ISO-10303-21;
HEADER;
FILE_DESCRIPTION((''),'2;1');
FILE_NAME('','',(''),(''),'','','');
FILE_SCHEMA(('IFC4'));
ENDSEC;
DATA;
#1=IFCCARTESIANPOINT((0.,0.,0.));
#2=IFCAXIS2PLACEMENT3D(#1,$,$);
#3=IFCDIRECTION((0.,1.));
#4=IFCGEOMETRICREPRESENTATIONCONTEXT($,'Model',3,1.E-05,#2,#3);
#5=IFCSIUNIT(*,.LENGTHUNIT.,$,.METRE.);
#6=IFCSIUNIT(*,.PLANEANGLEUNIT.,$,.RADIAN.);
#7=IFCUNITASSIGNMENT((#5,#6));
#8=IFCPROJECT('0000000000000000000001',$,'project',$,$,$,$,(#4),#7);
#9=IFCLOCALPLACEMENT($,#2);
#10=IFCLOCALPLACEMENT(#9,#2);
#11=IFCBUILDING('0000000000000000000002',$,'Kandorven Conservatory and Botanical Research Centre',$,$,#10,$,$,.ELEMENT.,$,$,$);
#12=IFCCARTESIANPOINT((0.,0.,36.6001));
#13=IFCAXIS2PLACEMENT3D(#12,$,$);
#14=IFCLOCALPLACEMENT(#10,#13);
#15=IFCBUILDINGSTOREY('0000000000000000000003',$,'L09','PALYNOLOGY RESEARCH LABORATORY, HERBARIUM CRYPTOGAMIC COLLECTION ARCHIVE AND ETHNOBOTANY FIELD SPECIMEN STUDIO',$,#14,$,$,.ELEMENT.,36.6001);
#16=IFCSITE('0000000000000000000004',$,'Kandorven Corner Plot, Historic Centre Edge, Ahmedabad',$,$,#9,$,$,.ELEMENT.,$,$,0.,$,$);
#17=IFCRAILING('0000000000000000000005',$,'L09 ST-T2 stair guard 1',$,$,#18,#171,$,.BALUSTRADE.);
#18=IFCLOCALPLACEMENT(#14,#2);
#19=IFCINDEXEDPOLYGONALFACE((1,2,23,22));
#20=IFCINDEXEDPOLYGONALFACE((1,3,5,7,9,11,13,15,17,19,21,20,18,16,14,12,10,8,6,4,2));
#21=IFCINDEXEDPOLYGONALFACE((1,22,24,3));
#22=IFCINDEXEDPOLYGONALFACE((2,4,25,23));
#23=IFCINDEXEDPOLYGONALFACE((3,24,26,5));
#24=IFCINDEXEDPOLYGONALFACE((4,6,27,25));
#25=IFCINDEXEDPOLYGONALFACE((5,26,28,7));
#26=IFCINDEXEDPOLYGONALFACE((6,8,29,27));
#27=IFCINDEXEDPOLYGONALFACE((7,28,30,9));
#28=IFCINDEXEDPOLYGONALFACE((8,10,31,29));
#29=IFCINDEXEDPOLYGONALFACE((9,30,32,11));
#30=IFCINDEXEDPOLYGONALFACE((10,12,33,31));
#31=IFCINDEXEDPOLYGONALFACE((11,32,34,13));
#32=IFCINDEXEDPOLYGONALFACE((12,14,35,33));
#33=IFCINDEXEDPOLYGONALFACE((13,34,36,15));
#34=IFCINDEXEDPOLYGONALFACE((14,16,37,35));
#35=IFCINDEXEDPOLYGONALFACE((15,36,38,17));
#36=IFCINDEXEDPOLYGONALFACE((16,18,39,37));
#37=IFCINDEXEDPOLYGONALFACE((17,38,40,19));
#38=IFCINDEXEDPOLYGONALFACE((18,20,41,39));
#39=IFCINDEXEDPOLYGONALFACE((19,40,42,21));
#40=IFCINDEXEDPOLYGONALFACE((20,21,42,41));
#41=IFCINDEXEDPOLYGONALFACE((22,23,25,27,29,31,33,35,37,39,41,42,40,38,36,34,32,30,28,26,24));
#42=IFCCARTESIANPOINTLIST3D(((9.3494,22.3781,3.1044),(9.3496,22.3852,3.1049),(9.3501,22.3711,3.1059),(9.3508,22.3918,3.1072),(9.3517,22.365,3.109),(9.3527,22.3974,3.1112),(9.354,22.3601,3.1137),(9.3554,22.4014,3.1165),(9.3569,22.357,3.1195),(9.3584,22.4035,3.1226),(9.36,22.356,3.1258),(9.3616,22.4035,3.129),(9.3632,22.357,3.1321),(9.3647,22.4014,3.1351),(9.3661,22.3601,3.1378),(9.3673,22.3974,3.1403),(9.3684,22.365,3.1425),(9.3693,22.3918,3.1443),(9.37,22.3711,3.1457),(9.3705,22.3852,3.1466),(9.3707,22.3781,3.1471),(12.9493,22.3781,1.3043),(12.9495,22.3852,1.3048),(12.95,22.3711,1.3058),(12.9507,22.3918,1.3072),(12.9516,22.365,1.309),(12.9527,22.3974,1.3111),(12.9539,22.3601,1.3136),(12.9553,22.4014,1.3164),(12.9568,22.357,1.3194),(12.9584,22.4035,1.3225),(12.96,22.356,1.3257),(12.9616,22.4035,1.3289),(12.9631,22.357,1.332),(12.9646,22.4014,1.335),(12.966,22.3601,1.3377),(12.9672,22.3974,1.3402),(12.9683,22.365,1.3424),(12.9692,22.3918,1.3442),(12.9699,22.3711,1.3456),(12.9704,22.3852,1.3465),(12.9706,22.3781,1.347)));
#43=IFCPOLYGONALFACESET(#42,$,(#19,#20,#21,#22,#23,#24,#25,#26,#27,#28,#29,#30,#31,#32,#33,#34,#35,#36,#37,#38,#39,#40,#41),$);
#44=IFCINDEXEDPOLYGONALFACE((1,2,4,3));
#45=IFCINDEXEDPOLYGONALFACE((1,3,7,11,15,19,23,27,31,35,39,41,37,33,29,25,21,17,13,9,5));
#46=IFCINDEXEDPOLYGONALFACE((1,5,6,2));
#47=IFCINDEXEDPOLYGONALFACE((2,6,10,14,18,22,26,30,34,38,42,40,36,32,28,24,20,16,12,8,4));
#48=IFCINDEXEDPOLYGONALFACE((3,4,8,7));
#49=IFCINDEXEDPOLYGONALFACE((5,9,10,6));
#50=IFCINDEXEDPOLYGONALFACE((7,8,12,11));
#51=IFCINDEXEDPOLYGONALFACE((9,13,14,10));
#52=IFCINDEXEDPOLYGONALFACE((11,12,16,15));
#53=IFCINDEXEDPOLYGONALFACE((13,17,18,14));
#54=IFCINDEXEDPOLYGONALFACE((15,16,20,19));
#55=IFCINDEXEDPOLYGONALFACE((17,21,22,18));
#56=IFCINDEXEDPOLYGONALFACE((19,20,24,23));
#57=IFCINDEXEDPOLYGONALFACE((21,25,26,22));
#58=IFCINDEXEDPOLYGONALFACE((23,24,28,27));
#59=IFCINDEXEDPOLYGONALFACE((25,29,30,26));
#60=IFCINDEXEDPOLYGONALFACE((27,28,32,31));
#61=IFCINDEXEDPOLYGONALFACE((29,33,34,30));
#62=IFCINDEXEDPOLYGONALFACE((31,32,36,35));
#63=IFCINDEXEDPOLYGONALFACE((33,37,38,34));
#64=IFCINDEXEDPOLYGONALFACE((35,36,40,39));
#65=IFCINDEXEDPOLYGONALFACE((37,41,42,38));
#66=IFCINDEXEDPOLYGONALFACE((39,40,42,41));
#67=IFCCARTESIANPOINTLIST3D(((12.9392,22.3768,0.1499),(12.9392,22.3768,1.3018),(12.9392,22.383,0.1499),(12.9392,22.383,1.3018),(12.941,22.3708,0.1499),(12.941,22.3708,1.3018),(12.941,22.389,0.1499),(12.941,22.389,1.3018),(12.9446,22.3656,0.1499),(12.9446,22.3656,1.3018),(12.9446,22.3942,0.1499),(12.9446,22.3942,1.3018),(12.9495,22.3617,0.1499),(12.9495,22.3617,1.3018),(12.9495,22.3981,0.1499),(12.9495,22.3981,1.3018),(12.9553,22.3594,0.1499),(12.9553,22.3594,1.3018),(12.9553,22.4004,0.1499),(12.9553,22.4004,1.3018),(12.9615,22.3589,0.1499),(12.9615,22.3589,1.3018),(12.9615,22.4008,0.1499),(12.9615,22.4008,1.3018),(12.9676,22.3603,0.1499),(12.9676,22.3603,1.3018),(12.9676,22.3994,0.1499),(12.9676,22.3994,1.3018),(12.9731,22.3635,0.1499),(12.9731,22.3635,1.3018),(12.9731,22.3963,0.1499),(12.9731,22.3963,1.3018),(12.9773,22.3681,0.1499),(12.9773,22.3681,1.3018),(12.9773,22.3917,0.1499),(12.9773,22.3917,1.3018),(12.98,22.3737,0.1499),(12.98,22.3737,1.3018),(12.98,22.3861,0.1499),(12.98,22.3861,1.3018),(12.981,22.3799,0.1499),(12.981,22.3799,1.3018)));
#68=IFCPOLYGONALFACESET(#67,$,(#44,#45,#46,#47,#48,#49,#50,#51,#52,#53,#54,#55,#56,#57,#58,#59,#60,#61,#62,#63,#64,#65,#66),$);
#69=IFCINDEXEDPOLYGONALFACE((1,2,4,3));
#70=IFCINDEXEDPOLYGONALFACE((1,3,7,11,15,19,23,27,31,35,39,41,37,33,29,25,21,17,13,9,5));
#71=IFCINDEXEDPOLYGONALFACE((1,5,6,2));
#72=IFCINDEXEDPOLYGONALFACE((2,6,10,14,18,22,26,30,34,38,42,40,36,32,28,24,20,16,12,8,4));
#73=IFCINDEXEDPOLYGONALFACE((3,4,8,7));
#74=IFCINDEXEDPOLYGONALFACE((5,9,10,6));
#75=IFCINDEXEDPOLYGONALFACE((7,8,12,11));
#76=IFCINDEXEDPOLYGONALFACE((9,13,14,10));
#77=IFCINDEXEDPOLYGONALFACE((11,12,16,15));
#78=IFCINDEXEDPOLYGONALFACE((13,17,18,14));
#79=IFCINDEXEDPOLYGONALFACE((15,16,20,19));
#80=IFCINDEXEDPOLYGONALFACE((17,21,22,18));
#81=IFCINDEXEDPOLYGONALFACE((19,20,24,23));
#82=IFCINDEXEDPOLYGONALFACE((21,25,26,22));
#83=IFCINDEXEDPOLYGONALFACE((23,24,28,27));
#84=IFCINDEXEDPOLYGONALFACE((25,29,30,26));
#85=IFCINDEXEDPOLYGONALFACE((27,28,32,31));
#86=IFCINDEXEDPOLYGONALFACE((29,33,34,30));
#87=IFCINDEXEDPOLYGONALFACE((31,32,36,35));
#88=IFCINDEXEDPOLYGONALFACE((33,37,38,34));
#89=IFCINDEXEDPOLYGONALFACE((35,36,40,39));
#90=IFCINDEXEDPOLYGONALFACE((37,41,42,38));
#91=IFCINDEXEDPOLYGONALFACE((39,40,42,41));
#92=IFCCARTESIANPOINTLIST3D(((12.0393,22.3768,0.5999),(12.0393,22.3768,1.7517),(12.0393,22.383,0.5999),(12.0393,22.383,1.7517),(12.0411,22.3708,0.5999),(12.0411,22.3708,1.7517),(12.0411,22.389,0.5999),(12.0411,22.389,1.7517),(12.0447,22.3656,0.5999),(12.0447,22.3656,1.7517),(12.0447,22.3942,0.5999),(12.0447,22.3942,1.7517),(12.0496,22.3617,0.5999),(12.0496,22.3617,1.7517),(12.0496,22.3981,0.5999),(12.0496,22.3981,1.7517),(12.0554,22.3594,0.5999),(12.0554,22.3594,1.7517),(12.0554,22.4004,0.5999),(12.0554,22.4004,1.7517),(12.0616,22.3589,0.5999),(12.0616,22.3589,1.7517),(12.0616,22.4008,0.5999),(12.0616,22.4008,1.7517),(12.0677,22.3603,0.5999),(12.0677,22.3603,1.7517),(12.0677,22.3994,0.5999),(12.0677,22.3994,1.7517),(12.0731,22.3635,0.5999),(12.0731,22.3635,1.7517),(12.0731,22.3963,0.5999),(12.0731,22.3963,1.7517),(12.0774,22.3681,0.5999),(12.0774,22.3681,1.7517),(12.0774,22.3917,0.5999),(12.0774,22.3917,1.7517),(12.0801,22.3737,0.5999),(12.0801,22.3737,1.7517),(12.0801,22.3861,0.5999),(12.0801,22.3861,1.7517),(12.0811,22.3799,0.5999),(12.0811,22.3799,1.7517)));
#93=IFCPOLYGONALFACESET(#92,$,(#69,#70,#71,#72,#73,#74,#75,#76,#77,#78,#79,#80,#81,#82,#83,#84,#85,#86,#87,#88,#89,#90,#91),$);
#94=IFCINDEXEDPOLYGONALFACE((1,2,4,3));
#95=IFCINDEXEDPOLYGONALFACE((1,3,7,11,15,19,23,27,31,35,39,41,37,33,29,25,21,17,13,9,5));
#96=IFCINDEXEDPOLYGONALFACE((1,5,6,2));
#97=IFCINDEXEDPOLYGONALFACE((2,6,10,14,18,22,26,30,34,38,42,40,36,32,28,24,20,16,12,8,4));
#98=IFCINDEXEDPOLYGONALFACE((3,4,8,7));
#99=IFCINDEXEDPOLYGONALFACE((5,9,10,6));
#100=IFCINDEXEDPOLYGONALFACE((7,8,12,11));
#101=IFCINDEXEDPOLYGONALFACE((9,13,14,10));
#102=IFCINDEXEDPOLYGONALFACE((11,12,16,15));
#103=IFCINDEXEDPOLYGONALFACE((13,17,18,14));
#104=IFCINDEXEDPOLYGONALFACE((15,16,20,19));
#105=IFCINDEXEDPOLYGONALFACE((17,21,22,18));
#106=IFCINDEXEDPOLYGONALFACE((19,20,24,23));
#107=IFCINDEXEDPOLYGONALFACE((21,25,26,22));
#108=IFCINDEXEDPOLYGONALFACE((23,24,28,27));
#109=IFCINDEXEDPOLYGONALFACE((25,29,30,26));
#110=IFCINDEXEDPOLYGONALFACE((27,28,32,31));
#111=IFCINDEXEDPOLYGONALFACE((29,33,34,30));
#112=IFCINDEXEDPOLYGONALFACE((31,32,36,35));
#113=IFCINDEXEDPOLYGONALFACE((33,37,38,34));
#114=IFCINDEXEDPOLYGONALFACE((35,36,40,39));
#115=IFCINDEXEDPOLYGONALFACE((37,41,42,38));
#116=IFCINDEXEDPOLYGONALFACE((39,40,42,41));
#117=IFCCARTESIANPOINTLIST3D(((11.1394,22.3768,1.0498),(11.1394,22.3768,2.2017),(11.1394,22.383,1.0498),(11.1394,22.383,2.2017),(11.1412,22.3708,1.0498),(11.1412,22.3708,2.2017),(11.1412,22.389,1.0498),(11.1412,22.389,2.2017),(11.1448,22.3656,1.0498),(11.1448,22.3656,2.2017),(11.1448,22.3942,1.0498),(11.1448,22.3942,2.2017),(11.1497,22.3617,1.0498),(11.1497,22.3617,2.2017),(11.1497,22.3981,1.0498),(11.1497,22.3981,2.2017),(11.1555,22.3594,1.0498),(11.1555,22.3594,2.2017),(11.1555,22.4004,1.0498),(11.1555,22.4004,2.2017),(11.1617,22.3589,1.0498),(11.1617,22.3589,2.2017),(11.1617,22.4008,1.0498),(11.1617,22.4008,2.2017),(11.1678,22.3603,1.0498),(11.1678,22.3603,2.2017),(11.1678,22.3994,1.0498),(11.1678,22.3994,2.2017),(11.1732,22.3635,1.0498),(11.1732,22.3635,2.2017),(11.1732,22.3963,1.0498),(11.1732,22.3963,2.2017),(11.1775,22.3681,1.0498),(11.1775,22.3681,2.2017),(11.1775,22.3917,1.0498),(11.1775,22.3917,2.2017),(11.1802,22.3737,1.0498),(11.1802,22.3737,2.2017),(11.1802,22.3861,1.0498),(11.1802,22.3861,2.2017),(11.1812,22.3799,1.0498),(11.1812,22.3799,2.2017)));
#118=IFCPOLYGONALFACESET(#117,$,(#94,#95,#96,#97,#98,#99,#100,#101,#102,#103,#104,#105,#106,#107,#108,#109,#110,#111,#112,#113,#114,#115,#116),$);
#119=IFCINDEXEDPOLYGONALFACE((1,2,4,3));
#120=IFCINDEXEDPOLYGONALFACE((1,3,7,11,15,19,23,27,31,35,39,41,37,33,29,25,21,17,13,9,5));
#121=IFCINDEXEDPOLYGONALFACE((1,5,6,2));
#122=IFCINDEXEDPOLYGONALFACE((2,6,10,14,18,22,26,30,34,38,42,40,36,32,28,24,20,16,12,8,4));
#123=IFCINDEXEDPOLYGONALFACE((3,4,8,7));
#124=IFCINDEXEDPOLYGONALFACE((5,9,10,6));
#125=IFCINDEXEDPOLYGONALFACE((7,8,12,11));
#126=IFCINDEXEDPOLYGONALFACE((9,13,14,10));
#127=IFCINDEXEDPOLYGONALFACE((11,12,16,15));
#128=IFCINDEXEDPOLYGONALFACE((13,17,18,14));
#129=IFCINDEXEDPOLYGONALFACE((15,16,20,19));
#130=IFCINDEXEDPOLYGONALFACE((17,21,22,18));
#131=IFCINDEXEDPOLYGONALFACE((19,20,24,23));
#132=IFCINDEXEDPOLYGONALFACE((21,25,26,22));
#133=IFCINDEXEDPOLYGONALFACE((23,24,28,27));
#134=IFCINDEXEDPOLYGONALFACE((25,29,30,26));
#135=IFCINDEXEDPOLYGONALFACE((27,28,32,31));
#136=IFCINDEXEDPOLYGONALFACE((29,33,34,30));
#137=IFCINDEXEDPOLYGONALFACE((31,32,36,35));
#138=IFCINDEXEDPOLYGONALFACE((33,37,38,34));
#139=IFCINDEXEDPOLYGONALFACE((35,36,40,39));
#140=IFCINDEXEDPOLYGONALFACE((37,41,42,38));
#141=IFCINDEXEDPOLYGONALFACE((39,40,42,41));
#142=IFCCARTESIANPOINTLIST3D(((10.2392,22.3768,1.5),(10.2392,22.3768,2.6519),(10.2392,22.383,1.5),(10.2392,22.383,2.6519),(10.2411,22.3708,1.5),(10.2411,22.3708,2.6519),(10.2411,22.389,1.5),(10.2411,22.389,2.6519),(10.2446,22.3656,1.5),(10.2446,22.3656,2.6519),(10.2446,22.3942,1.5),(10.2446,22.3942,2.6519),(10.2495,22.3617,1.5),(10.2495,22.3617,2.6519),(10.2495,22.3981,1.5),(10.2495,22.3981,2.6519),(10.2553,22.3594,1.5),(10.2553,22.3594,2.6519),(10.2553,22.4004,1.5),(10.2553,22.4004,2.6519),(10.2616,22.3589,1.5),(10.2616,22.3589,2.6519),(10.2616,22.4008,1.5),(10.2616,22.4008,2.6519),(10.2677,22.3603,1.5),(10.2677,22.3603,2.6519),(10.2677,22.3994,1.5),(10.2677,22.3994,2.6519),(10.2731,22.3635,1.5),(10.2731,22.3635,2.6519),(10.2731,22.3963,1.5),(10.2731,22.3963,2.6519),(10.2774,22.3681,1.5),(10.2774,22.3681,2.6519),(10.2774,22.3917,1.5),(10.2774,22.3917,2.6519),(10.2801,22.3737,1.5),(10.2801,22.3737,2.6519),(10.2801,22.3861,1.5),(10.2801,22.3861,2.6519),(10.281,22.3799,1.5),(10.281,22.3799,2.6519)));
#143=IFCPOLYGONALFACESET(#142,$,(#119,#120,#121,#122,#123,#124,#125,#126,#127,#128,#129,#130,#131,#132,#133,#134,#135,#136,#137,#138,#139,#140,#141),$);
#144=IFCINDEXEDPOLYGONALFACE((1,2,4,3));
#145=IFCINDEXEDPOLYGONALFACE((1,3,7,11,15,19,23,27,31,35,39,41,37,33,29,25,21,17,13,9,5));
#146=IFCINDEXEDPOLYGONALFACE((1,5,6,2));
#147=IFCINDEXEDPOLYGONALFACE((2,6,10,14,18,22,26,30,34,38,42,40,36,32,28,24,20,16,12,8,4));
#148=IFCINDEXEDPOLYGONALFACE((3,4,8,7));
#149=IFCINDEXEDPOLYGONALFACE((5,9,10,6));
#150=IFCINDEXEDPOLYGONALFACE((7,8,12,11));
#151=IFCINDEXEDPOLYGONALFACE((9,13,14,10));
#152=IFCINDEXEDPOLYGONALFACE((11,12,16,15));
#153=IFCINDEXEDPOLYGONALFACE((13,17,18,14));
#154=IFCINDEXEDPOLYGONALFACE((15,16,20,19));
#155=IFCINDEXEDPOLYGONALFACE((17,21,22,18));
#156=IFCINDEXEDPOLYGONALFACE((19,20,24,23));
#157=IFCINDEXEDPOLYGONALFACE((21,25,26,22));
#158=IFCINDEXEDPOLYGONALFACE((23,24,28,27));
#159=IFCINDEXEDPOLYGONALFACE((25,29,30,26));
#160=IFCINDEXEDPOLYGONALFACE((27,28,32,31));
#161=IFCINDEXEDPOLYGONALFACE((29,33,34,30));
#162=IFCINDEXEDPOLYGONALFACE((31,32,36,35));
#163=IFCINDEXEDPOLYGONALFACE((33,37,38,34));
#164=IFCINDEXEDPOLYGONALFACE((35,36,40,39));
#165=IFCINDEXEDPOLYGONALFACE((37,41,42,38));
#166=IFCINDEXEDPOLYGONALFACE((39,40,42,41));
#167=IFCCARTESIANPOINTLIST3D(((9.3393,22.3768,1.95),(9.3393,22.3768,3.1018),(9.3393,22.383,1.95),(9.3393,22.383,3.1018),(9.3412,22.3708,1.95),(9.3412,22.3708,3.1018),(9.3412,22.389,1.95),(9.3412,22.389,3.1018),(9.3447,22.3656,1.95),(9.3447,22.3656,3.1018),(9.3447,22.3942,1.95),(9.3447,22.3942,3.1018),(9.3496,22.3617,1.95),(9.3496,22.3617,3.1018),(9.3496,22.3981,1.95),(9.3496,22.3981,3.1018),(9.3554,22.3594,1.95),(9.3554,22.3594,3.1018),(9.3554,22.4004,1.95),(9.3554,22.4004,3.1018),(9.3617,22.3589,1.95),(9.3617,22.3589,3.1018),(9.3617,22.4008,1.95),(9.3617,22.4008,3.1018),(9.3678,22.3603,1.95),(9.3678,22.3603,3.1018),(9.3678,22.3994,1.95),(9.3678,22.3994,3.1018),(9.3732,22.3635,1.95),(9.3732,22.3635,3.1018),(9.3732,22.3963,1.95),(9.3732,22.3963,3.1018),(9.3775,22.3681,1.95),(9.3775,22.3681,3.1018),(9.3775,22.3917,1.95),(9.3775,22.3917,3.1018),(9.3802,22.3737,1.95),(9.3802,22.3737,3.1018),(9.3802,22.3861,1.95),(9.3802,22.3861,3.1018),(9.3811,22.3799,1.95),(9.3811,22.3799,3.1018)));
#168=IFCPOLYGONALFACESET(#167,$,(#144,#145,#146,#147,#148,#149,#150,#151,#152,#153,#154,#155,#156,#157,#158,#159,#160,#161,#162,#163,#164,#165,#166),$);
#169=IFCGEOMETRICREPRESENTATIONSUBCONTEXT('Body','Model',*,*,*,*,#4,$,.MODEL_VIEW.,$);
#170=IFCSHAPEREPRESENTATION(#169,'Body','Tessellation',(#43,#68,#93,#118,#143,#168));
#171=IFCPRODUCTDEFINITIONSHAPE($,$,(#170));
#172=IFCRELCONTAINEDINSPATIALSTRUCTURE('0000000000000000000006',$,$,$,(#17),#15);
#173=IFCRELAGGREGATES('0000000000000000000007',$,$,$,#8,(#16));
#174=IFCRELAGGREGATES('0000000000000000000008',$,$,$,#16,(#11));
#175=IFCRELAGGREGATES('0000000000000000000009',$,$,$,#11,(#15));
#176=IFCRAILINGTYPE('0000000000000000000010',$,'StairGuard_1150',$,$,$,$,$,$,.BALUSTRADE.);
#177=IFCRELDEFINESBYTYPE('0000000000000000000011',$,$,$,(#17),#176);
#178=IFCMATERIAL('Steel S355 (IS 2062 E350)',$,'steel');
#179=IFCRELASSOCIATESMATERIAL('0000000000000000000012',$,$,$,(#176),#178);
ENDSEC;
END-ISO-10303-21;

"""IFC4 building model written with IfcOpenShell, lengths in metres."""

from ifc_helpers import new_model, si_unit, direction, frame, origin, origin_2d, place, context, subcontext, project, spatial, circle, extrude, material, type_object, element, save


model = new_model("IFC4")

# Units and contexts
model_context = context("Model", 3, precision=1e-05, world=origin(), true_north=direction((0.0, 1.0)))
body_context = subcontext(model_context, "Body", "Model", "MODEL_VIEW")
ifc_project = project(units=[si_unit("LENGTHUNIT", "METRE"), si_unit("PLANEANGLEUNIT", "RADIAN")], contexts=[model_context])

# Site, building, storey
site_placement = place(None, origin())
site = spatial("IfcSite", under=ifc_project, at=site_placement, Name="Kandorven Corner Plot, Historic Centre Edge, Ahmedabad", CompositionType="ELEMENT", RefElevation=0.0)
building_placement = place(site_placement, origin())
building = spatial("IfcBuilding", under=site, at=building_placement, Name="Kandorven Conservatory and Botanical Research Centre", CompositionType="ELEMENT")
storey_placement = place(building_placement, frame((0.0, 0.0, 36.6001)))
storey = spatial("IfcBuildingStorey", under=building, at=storey_placement, Name="L09", Description="PALYNOLOGY RESEARCH LABORATORY, HERBARIUM CRYPTOGAMIC COLLECTION ARCHIVE AND ETHNOBOTANY FIELD SPECIMEN STUDIO", CompositionType="ELEMENT", Elevation=36.6001)

# Railing
ifc_material_1 = material(Name="Steel S355 (IS 2062 E350)", Category="steel")
railing_type_1 = type_object("IfcRailingType", Name="StairGuard_1150", PredefinedType="BALUSTRADE", material=ifc_material_1)
railing_1_placement = place(storey_placement, frame((12.96, 22.3799, 0.1499)))
element("IfcRailing", 1, at=railing_1_placement, inside=storey, type_object=railing_type_1, Name="L09 ST-T2 stair guard 1", PredefinedType="BALUSTRADE", context=body_context, shape_type="SweptSolid", body=[
    extrude(circle(Radius=0.0239, at=origin_2d()), frame((0.0, 0.0, 1.1758), z_axis=(-0.894415, 0.0, 0.447238), x_axis=(0.0, -1.0, 0.0)), (0.0, 0.0, 1.0), 4.0249),
    extrude(circle(Radius=0.021, at=origin_2d()), origin(), (0.0, 0.0, 1.0), 1.1519),
    extrude(circle(Radius=0.021, at=origin_2d()), frame((-0.8999, 0.0, 0.45)), (0.0, 0.0, 1.0), 1.1519),
    extrude(circle(Radius=0.021, at=origin_2d()), frame((-1.7998, 0.0, 0.8999)), (0.0, 0.0, 1.0), 1.1519),
    extrude(circle(Radius=0.021, at=origin_2d()), frame((-2.7, 0.0, 1.3501)), (0.0, 0.0, 1.0), 1.1519),
    extrude(circle(Radius=0.021, at=origin_2d()), frame((-3.5999, 0.0, 1.8)), (0.0, 0.0, 1.0), 1.1519),
])

save(model, "model.ifc")
